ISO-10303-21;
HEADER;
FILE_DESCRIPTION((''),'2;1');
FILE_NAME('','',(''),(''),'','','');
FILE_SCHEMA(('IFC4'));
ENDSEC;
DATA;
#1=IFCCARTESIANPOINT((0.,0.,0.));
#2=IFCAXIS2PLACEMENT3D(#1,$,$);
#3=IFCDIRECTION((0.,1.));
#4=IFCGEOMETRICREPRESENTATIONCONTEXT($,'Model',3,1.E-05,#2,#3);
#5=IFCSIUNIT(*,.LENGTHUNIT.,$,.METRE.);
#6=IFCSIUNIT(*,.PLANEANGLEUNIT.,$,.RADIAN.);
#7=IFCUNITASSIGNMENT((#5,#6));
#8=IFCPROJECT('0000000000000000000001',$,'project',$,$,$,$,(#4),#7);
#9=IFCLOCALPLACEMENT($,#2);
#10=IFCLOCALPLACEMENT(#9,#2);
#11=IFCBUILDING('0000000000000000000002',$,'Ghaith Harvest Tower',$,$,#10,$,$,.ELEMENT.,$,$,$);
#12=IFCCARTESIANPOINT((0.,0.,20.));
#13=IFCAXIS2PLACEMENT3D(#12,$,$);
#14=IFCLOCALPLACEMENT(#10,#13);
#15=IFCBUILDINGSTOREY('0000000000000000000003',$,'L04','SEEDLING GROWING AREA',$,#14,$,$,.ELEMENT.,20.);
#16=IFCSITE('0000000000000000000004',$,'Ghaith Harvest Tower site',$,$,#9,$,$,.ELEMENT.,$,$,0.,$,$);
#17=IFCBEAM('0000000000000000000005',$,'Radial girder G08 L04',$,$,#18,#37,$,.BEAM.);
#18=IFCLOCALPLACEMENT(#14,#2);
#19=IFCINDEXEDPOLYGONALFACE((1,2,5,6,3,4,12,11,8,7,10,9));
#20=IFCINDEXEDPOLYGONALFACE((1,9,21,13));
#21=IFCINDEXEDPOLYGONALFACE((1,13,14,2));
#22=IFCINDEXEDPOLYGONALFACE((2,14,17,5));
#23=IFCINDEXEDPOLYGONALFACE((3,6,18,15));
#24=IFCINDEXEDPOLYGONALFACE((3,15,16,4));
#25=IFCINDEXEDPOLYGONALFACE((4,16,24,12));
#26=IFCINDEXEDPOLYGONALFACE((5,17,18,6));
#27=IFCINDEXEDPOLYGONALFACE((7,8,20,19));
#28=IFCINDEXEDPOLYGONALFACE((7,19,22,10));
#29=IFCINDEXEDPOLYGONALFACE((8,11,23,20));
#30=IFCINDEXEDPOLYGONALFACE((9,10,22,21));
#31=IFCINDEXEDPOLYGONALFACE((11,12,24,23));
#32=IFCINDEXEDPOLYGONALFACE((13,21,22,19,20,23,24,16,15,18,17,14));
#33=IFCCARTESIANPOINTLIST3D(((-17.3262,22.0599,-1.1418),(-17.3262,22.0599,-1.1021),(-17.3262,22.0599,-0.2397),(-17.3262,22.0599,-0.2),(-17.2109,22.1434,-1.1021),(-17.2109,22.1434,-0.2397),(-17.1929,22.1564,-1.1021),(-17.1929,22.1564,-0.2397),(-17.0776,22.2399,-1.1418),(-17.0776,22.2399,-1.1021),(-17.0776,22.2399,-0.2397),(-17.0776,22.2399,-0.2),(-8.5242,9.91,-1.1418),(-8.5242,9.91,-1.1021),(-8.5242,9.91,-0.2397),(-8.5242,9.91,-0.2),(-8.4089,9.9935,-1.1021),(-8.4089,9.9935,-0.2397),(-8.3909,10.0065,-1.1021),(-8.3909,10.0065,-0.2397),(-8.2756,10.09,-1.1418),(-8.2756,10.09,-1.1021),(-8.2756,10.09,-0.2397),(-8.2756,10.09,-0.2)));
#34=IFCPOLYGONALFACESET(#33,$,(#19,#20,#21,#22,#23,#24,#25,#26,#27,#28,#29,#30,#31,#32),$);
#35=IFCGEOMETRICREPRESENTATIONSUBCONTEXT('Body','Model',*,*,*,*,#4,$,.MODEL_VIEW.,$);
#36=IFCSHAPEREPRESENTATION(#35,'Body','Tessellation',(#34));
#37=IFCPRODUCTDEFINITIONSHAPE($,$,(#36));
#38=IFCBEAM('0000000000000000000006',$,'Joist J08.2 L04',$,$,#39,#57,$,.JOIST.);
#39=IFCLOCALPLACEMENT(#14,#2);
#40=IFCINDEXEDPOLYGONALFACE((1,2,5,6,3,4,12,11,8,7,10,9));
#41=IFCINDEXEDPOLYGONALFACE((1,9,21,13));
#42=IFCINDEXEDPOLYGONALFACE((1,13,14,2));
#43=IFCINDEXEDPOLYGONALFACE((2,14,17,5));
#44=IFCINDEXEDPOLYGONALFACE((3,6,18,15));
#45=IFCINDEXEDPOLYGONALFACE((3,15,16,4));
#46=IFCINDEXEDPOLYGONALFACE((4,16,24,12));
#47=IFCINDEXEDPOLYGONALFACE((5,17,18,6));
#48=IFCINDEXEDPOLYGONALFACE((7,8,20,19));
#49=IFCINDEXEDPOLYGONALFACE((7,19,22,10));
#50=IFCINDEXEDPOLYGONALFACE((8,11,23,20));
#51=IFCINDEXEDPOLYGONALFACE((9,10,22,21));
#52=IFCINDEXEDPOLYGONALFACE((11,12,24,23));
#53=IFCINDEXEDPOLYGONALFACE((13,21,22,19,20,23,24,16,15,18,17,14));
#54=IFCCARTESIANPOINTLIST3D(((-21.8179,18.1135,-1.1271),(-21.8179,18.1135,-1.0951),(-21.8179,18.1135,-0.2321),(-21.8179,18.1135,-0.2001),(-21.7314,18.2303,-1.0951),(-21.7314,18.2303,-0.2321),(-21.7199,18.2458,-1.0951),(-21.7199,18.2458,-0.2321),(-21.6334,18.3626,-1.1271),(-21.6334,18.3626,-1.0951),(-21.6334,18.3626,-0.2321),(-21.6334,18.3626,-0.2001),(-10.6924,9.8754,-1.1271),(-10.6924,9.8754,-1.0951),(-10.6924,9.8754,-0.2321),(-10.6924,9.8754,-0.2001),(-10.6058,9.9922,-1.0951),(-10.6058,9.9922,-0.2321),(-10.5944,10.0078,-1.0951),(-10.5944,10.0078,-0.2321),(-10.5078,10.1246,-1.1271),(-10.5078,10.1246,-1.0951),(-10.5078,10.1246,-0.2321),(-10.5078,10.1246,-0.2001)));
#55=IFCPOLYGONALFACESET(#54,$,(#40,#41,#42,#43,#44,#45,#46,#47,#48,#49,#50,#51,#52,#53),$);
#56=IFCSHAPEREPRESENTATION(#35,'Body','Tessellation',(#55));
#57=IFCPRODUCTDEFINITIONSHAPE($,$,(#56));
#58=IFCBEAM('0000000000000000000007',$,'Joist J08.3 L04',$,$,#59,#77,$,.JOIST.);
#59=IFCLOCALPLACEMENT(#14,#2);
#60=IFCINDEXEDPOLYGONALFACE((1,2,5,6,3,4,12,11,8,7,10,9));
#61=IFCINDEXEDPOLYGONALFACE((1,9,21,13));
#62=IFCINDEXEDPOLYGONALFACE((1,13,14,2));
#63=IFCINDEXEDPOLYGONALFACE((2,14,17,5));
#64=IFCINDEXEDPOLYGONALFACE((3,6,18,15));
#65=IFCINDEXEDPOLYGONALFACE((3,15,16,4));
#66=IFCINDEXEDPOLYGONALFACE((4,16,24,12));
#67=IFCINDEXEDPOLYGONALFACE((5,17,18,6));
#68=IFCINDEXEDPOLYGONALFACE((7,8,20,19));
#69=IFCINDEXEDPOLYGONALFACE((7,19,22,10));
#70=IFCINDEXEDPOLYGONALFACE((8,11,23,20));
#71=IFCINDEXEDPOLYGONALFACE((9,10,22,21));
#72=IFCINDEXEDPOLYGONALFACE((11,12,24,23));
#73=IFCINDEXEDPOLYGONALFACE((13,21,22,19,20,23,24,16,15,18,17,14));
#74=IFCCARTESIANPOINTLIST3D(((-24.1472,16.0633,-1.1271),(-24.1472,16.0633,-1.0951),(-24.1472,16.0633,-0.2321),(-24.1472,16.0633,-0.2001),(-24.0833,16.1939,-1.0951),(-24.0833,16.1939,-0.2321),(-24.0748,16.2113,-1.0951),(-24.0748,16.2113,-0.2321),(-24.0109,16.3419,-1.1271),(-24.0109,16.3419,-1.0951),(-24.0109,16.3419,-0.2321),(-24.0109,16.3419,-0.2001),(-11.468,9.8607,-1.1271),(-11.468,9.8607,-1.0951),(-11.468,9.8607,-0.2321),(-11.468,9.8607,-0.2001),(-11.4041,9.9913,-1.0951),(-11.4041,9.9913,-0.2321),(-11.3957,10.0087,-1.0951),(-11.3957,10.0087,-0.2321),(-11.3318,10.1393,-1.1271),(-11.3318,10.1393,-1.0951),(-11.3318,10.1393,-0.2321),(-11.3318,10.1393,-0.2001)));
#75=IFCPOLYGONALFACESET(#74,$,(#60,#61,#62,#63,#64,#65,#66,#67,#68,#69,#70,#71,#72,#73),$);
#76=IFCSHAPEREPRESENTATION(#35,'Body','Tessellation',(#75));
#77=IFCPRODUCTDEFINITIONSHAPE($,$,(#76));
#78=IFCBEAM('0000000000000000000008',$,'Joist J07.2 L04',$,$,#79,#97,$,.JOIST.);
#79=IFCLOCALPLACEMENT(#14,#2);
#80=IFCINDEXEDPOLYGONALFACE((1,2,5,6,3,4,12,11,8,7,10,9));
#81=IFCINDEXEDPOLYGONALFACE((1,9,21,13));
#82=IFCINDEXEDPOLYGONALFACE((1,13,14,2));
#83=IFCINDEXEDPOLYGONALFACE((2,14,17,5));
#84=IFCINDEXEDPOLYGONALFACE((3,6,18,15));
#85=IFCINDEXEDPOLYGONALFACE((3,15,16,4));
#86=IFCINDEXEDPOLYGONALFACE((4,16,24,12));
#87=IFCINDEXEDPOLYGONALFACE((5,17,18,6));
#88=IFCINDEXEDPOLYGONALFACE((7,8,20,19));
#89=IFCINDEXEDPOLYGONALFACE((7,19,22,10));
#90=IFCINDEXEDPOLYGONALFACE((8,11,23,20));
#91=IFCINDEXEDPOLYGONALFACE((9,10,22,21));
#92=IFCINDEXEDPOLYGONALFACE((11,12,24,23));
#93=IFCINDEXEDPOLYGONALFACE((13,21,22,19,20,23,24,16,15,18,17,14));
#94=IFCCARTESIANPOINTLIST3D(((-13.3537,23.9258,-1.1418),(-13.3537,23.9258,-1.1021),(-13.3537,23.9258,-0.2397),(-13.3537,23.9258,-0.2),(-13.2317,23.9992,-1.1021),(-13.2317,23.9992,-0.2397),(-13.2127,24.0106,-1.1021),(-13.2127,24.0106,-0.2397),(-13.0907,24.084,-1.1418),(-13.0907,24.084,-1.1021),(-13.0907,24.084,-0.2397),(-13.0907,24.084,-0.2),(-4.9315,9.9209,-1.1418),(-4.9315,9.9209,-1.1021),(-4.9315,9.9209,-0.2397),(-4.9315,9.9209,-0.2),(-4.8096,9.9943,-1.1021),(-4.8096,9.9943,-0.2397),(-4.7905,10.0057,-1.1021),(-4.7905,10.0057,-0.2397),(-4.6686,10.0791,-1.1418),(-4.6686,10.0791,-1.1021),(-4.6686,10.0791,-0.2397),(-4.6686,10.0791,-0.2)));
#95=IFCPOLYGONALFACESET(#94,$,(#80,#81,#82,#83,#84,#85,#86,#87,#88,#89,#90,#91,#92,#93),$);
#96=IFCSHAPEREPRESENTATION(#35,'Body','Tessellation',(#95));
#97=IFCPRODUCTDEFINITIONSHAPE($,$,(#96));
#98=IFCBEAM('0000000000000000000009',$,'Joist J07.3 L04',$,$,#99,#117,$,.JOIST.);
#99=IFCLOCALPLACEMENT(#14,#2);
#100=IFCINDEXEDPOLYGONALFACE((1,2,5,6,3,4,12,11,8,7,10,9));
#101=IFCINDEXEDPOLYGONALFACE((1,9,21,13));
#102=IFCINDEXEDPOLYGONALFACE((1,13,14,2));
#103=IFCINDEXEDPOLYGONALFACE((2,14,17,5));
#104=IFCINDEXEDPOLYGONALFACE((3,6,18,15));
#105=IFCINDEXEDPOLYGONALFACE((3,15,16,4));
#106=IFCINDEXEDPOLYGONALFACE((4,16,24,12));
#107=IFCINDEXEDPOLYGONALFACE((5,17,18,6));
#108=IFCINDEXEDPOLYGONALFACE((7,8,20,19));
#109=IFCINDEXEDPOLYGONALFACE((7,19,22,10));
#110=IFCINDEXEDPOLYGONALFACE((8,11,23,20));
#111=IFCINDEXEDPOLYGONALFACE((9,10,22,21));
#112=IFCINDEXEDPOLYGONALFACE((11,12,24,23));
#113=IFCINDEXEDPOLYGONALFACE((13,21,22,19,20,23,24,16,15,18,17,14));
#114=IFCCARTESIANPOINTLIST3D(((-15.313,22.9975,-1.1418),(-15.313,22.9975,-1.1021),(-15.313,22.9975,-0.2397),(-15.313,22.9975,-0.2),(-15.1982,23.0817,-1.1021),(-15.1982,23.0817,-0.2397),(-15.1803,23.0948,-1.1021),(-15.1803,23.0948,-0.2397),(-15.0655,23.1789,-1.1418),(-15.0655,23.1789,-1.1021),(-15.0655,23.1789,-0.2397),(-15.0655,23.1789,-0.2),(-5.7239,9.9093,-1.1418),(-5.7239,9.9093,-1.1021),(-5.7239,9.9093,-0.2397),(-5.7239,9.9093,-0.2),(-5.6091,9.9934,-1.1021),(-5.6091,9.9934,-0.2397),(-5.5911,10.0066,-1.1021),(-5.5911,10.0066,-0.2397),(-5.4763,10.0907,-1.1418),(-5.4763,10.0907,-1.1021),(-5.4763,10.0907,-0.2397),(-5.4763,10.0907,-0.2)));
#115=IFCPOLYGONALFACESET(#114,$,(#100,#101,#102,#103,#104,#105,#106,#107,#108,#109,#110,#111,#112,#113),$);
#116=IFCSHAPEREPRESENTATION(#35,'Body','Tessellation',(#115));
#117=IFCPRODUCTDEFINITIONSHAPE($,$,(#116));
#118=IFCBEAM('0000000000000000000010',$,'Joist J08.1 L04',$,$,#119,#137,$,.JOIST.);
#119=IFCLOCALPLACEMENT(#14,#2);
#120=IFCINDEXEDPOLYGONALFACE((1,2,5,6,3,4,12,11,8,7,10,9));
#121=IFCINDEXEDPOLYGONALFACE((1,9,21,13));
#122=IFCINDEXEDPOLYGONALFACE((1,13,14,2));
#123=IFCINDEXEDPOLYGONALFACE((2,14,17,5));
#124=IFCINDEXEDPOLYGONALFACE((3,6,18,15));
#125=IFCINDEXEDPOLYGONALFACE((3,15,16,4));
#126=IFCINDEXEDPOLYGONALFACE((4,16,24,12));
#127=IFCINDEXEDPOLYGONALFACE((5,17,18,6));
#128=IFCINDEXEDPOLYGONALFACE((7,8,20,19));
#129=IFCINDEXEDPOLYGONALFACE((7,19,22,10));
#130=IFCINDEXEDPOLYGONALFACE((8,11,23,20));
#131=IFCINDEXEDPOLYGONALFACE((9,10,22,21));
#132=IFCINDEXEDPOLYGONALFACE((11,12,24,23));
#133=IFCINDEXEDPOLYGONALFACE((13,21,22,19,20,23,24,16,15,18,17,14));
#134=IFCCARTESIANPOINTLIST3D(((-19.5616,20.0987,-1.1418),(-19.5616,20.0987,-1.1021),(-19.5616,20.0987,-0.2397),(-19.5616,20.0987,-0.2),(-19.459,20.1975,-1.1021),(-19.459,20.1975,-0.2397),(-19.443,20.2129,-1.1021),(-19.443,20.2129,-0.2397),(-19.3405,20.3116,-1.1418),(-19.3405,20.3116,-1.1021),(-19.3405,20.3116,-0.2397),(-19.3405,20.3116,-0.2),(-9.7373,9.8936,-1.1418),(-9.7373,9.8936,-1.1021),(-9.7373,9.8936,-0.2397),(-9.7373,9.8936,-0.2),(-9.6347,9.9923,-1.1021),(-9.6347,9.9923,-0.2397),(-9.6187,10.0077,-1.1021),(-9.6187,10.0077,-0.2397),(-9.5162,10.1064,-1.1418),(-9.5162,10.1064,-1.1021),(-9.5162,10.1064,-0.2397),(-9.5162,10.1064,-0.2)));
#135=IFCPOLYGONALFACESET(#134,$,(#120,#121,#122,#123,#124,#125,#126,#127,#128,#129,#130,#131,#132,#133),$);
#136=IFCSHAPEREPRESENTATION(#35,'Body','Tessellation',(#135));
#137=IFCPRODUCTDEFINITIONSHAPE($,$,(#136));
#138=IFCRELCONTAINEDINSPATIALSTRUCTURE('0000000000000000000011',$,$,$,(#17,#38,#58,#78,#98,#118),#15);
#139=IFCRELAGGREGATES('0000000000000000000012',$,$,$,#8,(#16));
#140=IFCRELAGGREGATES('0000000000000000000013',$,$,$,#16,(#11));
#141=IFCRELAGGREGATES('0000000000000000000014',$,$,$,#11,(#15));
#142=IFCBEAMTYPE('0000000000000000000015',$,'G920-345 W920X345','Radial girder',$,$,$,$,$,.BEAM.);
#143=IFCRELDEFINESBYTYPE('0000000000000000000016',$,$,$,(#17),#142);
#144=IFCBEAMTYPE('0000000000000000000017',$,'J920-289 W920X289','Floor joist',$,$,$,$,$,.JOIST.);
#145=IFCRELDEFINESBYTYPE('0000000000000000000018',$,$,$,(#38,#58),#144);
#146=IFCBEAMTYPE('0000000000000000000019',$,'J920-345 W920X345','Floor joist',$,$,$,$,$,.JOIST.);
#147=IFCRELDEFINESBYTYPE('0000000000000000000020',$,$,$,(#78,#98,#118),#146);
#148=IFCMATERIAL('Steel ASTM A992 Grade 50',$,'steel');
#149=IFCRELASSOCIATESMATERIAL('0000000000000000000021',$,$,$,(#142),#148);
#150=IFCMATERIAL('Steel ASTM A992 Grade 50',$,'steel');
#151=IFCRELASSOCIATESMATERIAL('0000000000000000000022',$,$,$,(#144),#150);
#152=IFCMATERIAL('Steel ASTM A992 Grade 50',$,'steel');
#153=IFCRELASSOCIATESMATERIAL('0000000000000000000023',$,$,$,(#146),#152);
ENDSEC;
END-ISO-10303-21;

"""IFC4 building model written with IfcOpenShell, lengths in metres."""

from ifc_helpers import new_model, si_unit, direction, frame, origin, origin_2d, place, context, subcontext, project, spatial, i_section, extrude, material, material_profile, profile_set, type_object, element, save


model = new_model("IFC4")

# Units and contexts
model_context = context("Model", 3, precision=1e-05, world=origin(), true_north=direction((0.0, 1.0)))
body_context = subcontext(model_context, "Body", "Model", "MODEL_VIEW")
ifc_project = project(units=[si_unit("LENGTHUNIT", "METRE"), si_unit("PLANEANGLEUNIT", "RADIAN")], contexts=[model_context])

# Site, building, storey
site_placement = place(None, origin())
site = spatial("IfcSite", under=ifc_project, at=site_placement, Name="Ghaith Harvest Tower site", CompositionType="ELEMENT", RefElevation=0.0)
building_placement = place(site_placement, origin())
building = spatial("IfcBuilding", under=site, at=building_placement, Name="Ghaith Harvest Tower", CompositionType="ELEMENT")
storey_placement = place(building_placement, frame((0.0, 0.0, 20.0)))
storey = spatial("IfcBuildingStorey", under=building, at=storey_placement, Name="L04", Description="SEEDLING GROWING AREA", CompositionType="ELEMENT", Elevation=20.0)

# Beams
ifc_material_1 = material(Name="Steel ASTM A992 Grade 50", Category="steel")
ifc_material_profile_1 = material_profile(ifc_material_1, i_section(OverallWidth=0.3069, OverallDepth=0.9419, WebThickness=0.0222, FlangeThickness=0.0398, at=origin_2d()), Name="W920X345")
ifc_profile_set_1 = profile_set([ifc_material_profile_1], Name="Steel ASTM A992 Grade 50")
beam_type_1 = type_object("IfcBeamType", Name="G920-345 W920X345", Description="Radial girder", PredefinedType="BEAM", material=ifc_profile_set_1)
beam_1_placement = place(storey_placement, frame((-8.3999, 10.0, -0.6709), z_axis=(-0.586676, 0.809822, 0.0), x_axis=(-0.809822, -0.586676, 0.0)))
element("IfcBeam", 1, at=beam_1_placement, inside=storey, type_object=beam_type_1, Name="Radial girder G08 L04", PredefinedType="BEAM", context=body_context, shape_type="SweptSolid", body=[
    extrude(i_section(OverallWidth=0.3069, OverallDepth=0.9419, WebThickness=0.0222, FlangeThickness=0.0398, at=origin_2d()), origin(), (0.0, 0.0, 1.0), 15.0032),
])
ifc_material_2 = material(Name="Steel ASTM A992 Grade 50", Category="steel")
ifc_material_profile_2 = material_profile(ifc_material_2, i_section(OverallWidth=0.3101, OverallDepth=0.927, WebThickness=0.0193, FlangeThickness=0.032, at=origin_2d()), Name="W920X289")
ifc_profile_set_2 = profile_set([ifc_material_profile_2], Name="Steel ASTM A992 Grade 50")
beam_type_2 = type_object("IfcBeamType", Name="J920-289 W920X289", Description="Floor joist", PredefinedType="JOIST", material=ifc_profile_set_2)
beam_2_placement = place(storey_placement, frame((-10.6001, 10.0, -0.6636), z_axis=(-0.803663, 0.595085, 0.0), x_axis=(-0.595085, -0.803663, 0.0)))
element("IfcBeam", 2, at=beam_2_placement, inside=storey, type_object=beam_type_2, Name="Joist J08.2 L04", PredefinedType="JOIST", context=body_context, shape_type="SweptSolid", body=[
    extrude(i_section(OverallWidth=0.3101, OverallDepth=0.927, WebThickness=0.0193, FlangeThickness=0.032, at=origin_2d()), origin(), (0.0, 0.0, 1.0), 13.8435),
])
beam_3_placement = place(storey_placement, frame((-11.3999, 10.0, -0.6636), z_axis=(-0.898275, 0.439434, 0.0), x_axis=(-0.439434, -0.898275, 0.0)))
element("IfcBeam", 3, at=beam_3_placement, inside=storey, type_object=beam_type_2, Name="Joist J08.3 L04", PredefinedType="JOIST", context=body_context, shape_type="SweptSolid", body=[
    extrude(i_section(OverallWidth=0.3101, OverallDepth=0.927, WebThickness=0.0193, FlangeThickness=0.032, at=origin_2d()), origin(), (0.0, 0.0, 1.0), 14.115),
])
ifc_material_3 = material(Name="Steel ASTM A992 Grade 50", Category="steel")
ifc_material_profile_3 = material_profile(ifc_material_3, i_section(OverallWidth=0.3069, OverallDepth=0.9419, WebThickness=0.0222, FlangeThickness=0.0398, at=origin_2d()), Name="W920X345")
ifc_profile_set_3 = profile_set([ifc_material_profile_3], Name="Steel ASTM A992 Grade 50")
beam_type_3 = type_object("IfcBeamType", Name="J920-345 W920X345", Description="Floor joist", PredefinedType="JOIST", material=ifc_profile_set_3)
beam_4_placement = place(storey_placement, frame((-4.8, 10.0, -0.6709), z_axis=(-0.515359, 0.856974, 0.0), x_axis=(-0.856974, -0.515359, 0.0)))
element("IfcBeam", 4, at=beam_4_placement, inside=storey, type_object=beam_type_3, Name="Joist J07.2 L04", PredefinedType="JOIST", context=body_context, shape_type="SweptSolid", body=[
    extrude(i_section(OverallWidth=0.3069, OverallDepth=0.9419, WebThickness=0.0222, FlangeThickness=0.0398, at=origin_2d()), origin(), (0.0, 0.0, 1.0), 16.3423),
])
beam_5_placement = place(storey_placement, frame((-5.6001, 10.0, -0.6709), z_axis=(-0.591009, 0.806665, 0.0), x_axis=(-0.806665, -0.591009, 0.0)))
element("IfcBeam", 5, at=beam_5_placement, inside=storey, type_object=beam_type_3, Name="Joist J07.3 L04", PredefinedType="JOIST", context=body_context, shape_type="SweptSolid", body=[
    extrude(i_section(OverallWidth=0.3069, OverallDepth=0.9419, WebThickness=0.0222, FlangeThickness=0.0398, at=origin_2d()), origin(), (0.0, 0.0, 1.0), 16.2251),
])
beam_6_placement = place(storey_placement, frame((-9.6267, 10.0, -0.6709), z_axis=(-0.693536, 0.720422, 0.0), x_axis=(-0.720422, -0.693536, 0.0)))
element("IfcBeam", 6, at=beam_6_placement, inside=storey, type_object=beam_type_3, Name="Joist J08.1 L04", PredefinedType="JOIST", context=body_context, shape_type="SweptSolid", body=[
    extrude(i_section(OverallWidth=0.3069, OverallDepth=0.9419, WebThickness=0.0222, FlangeThickness=0.0398, at=origin_2d()), origin(), (0.0, 0.0, 1.0), 14.1655),
])

save(model, "model.ifc")
